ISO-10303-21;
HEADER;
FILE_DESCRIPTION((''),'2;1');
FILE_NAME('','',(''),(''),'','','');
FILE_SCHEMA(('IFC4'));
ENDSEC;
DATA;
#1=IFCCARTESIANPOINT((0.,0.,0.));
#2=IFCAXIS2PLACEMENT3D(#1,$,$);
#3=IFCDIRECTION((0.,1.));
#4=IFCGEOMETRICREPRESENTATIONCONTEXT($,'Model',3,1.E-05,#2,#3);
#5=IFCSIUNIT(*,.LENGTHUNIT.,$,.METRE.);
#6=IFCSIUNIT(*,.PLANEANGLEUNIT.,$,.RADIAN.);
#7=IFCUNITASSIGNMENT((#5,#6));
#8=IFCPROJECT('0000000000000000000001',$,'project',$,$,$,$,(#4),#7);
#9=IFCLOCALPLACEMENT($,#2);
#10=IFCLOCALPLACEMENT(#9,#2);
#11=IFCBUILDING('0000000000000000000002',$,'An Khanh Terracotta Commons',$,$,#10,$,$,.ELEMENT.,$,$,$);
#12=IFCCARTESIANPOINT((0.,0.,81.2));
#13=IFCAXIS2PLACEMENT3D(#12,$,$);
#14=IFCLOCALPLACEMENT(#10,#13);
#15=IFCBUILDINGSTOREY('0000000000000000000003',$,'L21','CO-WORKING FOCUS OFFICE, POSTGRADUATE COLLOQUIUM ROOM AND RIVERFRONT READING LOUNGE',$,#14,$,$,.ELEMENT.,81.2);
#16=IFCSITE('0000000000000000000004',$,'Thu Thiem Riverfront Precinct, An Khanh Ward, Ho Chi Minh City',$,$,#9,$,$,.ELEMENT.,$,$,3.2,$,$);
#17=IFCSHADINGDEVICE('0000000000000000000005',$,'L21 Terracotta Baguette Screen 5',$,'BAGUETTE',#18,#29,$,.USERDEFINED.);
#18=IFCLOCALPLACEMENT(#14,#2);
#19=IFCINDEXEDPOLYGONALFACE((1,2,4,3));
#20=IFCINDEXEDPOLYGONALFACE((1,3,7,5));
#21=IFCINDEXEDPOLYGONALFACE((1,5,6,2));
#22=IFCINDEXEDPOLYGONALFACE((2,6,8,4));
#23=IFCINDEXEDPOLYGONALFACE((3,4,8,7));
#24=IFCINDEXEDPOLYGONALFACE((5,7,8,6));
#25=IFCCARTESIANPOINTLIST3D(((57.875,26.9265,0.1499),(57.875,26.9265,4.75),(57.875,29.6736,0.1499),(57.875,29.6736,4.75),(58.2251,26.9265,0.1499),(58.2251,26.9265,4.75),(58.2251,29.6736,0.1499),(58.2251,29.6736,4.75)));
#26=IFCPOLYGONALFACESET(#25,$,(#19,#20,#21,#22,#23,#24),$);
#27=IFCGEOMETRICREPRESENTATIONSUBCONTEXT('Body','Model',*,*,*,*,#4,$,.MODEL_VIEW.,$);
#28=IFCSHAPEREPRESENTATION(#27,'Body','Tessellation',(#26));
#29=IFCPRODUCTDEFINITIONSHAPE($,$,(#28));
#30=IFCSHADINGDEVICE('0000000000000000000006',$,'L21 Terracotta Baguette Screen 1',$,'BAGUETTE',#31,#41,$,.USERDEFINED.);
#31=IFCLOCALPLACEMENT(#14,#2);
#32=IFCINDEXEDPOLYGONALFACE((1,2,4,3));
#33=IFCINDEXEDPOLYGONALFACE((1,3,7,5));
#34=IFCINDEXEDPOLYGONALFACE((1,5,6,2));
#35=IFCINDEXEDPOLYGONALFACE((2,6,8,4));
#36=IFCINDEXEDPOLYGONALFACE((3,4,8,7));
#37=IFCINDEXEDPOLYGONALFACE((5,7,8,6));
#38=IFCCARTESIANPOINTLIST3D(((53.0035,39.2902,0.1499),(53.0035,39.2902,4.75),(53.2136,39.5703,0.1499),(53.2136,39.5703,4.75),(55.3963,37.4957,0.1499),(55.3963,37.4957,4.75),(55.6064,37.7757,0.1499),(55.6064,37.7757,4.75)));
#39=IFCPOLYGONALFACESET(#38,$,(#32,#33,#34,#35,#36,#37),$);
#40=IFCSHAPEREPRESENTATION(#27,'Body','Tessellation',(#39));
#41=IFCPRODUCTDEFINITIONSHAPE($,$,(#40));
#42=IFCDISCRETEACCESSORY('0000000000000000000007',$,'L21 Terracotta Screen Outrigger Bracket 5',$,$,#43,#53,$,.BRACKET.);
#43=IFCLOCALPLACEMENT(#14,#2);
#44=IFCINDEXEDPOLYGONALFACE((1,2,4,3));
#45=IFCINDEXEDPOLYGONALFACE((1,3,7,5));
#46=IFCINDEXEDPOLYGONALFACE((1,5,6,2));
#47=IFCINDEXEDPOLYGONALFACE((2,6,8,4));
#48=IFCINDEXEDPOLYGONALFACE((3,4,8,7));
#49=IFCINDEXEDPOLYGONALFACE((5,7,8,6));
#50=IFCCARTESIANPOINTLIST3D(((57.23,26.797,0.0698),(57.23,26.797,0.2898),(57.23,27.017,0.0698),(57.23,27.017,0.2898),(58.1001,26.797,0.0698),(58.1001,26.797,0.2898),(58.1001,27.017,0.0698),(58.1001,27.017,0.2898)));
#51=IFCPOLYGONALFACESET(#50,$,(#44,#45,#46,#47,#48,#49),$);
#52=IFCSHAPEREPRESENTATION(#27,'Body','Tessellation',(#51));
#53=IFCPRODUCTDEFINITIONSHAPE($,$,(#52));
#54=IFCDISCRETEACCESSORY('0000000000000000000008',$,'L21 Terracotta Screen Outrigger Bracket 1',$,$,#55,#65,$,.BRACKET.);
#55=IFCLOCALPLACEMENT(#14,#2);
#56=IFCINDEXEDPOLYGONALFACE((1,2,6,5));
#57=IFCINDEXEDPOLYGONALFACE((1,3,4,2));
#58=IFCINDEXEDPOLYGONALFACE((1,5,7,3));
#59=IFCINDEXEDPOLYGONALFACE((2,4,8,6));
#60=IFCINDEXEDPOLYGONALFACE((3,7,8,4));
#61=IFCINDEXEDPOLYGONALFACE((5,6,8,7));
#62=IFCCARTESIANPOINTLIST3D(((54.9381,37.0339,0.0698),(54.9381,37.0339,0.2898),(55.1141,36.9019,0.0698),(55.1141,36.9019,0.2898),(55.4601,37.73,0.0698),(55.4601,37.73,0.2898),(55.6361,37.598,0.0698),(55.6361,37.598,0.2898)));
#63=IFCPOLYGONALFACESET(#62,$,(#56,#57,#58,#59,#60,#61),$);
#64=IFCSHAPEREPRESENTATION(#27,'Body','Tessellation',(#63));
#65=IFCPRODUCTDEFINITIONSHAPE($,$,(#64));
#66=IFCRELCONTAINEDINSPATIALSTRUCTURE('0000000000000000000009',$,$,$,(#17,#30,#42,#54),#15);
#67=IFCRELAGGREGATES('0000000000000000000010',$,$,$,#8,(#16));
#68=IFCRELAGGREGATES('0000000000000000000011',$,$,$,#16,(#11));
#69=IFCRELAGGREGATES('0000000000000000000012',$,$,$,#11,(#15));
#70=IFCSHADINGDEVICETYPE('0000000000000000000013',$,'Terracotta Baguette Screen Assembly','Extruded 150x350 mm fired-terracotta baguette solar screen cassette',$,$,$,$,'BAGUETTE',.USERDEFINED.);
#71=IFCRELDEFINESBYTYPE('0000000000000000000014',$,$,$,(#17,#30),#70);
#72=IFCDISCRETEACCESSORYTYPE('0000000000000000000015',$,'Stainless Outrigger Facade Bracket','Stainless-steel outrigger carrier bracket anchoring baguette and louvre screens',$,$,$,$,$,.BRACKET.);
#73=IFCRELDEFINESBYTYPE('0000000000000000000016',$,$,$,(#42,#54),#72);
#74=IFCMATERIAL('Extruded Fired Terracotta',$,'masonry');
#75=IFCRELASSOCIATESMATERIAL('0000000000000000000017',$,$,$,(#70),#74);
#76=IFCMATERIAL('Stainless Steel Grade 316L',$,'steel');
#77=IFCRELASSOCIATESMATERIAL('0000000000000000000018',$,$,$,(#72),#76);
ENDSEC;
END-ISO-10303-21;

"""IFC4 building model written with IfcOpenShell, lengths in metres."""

from ifc_helpers import new_model, si_unit, direction, frame, origin, origin_2d, place, context, subcontext, project, spatial, rectangle, extrude, material, type_object, element, save


model = new_model("IFC4")

# Units and contexts
model_context = context("Model", 3, precision=1e-05, world=origin(), true_north=direction((0.0, 1.0)))
body_context = subcontext(model_context, "Body", "Model", "MODEL_VIEW")
ifc_project = project(units=[si_unit("LENGTHUNIT", "METRE"), si_unit("PLANEANGLEUNIT", "RADIAN")], contexts=[model_context])

# Site, building, storey
site_placement = place(None, origin())
site = spatial("IfcSite", under=ifc_project, at=site_placement, Name="Thu Thiem Riverfront Precinct, An Khanh Ward, Ho Chi Minh City", CompositionType="ELEMENT", RefElevation=3.2)
building_placement = place(site_placement, origin())
building = spatial("IfcBuilding", under=site, at=building_placement, Name="An Khanh Terracotta Commons", CompositionType="ELEMENT")
storey_placement = place(building_placement, frame((0.0, 0.0, 81.2)))
storey = spatial("IfcBuildingStorey", under=building, at=storey_placement, Name="L21", Description="CO-WORKING FOCUS OFFICE, POSTGRADUATE COLLOQUIUM ROOM AND RIVERFRONT READING LOUNGE", CompositionType="ELEMENT", Elevation=81.2)

# Shading devices
ifc_material_1 = material(Name="Extruded Fired Terracotta", Category="masonry")
shading_device_type = type_object("IfcShadingDeviceType", Name="Terracotta Baguette Screen Assembly", Description="Extruded 150x350 mm fired-terracotta baguette solar screen cassette", ElementType="BAGUETTE", PredefinedType="USERDEFINED", material=ifc_material_1)
shading_device_1_placement = place(storey_placement, frame((58.05, 28.3, 0.1499), z_axis=(0.0, 0.0, 1.0), x_axis=(0.0, 1.0, 0.0)))
element("IfcShadingDevice", 1, at=shading_device_1_placement, inside=storey, type_object=shading_device_type, Name="L21 Terracotta Baguette Screen 5", ObjectType="BAGUETTE", PredefinedType="USERDEFINED", context=body_context, shape_type="SweptSolid", body=[
    extrude(rectangle(XDim=2.7471, YDim=0.3501, at=origin_2d()), origin(), (0.0, 0.0, 1.0), 4.6001),
])
shading_device_2_placement = place(storey_placement, frame((54.3049, 38.533, 0.1499), z_axis=(0.0, 0.0, 1.0), x_axis=(-0.800013, 0.599983, 0.0)))
element("IfcShadingDevice", 2, at=shading_device_2_placement, inside=storey, type_object=shading_device_type, Name="L21 Terracotta Baguette Screen 1", ObjectType="BAGUETTE", PredefinedType="USERDEFINED", context=body_context, shape_type="SweptSolid", body=[
    extrude(rectangle(XDim=2.991, YDim=0.3501, at=origin_2d()), origin(), (0.0, 0.0, 1.0), 4.6001),
])

# Discrete accessories
ifc_material_2 = material(Name="Stainless Steel Grade 316L", Category="steel")
discrete_accessory_type = type_object("IfcDiscreteAccessoryType", Name="Stainless Outrigger Facade Bracket", Description="Stainless-steel outrigger carrier bracket anchoring baguette and louvre screens", PredefinedType="BRACKET", material=ifc_material_2)
for number, where, z_axis, x_axis, name in (
    (3, (57.665, 26.907, 0.0698), (0.0, 0.0, 1.0), (0.0, 1.0, 0.0), "L21 Terracotta Screen Outrigger Bracket 5"),
    (4, (55.2871, 37.3159, 0.0698), (0.0, 0.0, 1.0), (-0.800013, 0.599983, 0.0), "L21 Terracotta Screen Outrigger Bracket 1"),
):
    element("IfcDiscreteAccessory", number, at=place(storey_placement, frame(where, z_axis=z_axis, x_axis=x_axis)), inside=storey, type_object=discrete_accessory_type, Name=name, PredefinedType="BRACKET", context=body_context, shape_type="SweptSolid", body=[
        extrude(rectangle(XDim=0.22, YDim=0.8701, at=origin_2d()), origin(), (0.0, 0.0, 1.0), 0.22),
    ])

save(model, "model.ifc")
